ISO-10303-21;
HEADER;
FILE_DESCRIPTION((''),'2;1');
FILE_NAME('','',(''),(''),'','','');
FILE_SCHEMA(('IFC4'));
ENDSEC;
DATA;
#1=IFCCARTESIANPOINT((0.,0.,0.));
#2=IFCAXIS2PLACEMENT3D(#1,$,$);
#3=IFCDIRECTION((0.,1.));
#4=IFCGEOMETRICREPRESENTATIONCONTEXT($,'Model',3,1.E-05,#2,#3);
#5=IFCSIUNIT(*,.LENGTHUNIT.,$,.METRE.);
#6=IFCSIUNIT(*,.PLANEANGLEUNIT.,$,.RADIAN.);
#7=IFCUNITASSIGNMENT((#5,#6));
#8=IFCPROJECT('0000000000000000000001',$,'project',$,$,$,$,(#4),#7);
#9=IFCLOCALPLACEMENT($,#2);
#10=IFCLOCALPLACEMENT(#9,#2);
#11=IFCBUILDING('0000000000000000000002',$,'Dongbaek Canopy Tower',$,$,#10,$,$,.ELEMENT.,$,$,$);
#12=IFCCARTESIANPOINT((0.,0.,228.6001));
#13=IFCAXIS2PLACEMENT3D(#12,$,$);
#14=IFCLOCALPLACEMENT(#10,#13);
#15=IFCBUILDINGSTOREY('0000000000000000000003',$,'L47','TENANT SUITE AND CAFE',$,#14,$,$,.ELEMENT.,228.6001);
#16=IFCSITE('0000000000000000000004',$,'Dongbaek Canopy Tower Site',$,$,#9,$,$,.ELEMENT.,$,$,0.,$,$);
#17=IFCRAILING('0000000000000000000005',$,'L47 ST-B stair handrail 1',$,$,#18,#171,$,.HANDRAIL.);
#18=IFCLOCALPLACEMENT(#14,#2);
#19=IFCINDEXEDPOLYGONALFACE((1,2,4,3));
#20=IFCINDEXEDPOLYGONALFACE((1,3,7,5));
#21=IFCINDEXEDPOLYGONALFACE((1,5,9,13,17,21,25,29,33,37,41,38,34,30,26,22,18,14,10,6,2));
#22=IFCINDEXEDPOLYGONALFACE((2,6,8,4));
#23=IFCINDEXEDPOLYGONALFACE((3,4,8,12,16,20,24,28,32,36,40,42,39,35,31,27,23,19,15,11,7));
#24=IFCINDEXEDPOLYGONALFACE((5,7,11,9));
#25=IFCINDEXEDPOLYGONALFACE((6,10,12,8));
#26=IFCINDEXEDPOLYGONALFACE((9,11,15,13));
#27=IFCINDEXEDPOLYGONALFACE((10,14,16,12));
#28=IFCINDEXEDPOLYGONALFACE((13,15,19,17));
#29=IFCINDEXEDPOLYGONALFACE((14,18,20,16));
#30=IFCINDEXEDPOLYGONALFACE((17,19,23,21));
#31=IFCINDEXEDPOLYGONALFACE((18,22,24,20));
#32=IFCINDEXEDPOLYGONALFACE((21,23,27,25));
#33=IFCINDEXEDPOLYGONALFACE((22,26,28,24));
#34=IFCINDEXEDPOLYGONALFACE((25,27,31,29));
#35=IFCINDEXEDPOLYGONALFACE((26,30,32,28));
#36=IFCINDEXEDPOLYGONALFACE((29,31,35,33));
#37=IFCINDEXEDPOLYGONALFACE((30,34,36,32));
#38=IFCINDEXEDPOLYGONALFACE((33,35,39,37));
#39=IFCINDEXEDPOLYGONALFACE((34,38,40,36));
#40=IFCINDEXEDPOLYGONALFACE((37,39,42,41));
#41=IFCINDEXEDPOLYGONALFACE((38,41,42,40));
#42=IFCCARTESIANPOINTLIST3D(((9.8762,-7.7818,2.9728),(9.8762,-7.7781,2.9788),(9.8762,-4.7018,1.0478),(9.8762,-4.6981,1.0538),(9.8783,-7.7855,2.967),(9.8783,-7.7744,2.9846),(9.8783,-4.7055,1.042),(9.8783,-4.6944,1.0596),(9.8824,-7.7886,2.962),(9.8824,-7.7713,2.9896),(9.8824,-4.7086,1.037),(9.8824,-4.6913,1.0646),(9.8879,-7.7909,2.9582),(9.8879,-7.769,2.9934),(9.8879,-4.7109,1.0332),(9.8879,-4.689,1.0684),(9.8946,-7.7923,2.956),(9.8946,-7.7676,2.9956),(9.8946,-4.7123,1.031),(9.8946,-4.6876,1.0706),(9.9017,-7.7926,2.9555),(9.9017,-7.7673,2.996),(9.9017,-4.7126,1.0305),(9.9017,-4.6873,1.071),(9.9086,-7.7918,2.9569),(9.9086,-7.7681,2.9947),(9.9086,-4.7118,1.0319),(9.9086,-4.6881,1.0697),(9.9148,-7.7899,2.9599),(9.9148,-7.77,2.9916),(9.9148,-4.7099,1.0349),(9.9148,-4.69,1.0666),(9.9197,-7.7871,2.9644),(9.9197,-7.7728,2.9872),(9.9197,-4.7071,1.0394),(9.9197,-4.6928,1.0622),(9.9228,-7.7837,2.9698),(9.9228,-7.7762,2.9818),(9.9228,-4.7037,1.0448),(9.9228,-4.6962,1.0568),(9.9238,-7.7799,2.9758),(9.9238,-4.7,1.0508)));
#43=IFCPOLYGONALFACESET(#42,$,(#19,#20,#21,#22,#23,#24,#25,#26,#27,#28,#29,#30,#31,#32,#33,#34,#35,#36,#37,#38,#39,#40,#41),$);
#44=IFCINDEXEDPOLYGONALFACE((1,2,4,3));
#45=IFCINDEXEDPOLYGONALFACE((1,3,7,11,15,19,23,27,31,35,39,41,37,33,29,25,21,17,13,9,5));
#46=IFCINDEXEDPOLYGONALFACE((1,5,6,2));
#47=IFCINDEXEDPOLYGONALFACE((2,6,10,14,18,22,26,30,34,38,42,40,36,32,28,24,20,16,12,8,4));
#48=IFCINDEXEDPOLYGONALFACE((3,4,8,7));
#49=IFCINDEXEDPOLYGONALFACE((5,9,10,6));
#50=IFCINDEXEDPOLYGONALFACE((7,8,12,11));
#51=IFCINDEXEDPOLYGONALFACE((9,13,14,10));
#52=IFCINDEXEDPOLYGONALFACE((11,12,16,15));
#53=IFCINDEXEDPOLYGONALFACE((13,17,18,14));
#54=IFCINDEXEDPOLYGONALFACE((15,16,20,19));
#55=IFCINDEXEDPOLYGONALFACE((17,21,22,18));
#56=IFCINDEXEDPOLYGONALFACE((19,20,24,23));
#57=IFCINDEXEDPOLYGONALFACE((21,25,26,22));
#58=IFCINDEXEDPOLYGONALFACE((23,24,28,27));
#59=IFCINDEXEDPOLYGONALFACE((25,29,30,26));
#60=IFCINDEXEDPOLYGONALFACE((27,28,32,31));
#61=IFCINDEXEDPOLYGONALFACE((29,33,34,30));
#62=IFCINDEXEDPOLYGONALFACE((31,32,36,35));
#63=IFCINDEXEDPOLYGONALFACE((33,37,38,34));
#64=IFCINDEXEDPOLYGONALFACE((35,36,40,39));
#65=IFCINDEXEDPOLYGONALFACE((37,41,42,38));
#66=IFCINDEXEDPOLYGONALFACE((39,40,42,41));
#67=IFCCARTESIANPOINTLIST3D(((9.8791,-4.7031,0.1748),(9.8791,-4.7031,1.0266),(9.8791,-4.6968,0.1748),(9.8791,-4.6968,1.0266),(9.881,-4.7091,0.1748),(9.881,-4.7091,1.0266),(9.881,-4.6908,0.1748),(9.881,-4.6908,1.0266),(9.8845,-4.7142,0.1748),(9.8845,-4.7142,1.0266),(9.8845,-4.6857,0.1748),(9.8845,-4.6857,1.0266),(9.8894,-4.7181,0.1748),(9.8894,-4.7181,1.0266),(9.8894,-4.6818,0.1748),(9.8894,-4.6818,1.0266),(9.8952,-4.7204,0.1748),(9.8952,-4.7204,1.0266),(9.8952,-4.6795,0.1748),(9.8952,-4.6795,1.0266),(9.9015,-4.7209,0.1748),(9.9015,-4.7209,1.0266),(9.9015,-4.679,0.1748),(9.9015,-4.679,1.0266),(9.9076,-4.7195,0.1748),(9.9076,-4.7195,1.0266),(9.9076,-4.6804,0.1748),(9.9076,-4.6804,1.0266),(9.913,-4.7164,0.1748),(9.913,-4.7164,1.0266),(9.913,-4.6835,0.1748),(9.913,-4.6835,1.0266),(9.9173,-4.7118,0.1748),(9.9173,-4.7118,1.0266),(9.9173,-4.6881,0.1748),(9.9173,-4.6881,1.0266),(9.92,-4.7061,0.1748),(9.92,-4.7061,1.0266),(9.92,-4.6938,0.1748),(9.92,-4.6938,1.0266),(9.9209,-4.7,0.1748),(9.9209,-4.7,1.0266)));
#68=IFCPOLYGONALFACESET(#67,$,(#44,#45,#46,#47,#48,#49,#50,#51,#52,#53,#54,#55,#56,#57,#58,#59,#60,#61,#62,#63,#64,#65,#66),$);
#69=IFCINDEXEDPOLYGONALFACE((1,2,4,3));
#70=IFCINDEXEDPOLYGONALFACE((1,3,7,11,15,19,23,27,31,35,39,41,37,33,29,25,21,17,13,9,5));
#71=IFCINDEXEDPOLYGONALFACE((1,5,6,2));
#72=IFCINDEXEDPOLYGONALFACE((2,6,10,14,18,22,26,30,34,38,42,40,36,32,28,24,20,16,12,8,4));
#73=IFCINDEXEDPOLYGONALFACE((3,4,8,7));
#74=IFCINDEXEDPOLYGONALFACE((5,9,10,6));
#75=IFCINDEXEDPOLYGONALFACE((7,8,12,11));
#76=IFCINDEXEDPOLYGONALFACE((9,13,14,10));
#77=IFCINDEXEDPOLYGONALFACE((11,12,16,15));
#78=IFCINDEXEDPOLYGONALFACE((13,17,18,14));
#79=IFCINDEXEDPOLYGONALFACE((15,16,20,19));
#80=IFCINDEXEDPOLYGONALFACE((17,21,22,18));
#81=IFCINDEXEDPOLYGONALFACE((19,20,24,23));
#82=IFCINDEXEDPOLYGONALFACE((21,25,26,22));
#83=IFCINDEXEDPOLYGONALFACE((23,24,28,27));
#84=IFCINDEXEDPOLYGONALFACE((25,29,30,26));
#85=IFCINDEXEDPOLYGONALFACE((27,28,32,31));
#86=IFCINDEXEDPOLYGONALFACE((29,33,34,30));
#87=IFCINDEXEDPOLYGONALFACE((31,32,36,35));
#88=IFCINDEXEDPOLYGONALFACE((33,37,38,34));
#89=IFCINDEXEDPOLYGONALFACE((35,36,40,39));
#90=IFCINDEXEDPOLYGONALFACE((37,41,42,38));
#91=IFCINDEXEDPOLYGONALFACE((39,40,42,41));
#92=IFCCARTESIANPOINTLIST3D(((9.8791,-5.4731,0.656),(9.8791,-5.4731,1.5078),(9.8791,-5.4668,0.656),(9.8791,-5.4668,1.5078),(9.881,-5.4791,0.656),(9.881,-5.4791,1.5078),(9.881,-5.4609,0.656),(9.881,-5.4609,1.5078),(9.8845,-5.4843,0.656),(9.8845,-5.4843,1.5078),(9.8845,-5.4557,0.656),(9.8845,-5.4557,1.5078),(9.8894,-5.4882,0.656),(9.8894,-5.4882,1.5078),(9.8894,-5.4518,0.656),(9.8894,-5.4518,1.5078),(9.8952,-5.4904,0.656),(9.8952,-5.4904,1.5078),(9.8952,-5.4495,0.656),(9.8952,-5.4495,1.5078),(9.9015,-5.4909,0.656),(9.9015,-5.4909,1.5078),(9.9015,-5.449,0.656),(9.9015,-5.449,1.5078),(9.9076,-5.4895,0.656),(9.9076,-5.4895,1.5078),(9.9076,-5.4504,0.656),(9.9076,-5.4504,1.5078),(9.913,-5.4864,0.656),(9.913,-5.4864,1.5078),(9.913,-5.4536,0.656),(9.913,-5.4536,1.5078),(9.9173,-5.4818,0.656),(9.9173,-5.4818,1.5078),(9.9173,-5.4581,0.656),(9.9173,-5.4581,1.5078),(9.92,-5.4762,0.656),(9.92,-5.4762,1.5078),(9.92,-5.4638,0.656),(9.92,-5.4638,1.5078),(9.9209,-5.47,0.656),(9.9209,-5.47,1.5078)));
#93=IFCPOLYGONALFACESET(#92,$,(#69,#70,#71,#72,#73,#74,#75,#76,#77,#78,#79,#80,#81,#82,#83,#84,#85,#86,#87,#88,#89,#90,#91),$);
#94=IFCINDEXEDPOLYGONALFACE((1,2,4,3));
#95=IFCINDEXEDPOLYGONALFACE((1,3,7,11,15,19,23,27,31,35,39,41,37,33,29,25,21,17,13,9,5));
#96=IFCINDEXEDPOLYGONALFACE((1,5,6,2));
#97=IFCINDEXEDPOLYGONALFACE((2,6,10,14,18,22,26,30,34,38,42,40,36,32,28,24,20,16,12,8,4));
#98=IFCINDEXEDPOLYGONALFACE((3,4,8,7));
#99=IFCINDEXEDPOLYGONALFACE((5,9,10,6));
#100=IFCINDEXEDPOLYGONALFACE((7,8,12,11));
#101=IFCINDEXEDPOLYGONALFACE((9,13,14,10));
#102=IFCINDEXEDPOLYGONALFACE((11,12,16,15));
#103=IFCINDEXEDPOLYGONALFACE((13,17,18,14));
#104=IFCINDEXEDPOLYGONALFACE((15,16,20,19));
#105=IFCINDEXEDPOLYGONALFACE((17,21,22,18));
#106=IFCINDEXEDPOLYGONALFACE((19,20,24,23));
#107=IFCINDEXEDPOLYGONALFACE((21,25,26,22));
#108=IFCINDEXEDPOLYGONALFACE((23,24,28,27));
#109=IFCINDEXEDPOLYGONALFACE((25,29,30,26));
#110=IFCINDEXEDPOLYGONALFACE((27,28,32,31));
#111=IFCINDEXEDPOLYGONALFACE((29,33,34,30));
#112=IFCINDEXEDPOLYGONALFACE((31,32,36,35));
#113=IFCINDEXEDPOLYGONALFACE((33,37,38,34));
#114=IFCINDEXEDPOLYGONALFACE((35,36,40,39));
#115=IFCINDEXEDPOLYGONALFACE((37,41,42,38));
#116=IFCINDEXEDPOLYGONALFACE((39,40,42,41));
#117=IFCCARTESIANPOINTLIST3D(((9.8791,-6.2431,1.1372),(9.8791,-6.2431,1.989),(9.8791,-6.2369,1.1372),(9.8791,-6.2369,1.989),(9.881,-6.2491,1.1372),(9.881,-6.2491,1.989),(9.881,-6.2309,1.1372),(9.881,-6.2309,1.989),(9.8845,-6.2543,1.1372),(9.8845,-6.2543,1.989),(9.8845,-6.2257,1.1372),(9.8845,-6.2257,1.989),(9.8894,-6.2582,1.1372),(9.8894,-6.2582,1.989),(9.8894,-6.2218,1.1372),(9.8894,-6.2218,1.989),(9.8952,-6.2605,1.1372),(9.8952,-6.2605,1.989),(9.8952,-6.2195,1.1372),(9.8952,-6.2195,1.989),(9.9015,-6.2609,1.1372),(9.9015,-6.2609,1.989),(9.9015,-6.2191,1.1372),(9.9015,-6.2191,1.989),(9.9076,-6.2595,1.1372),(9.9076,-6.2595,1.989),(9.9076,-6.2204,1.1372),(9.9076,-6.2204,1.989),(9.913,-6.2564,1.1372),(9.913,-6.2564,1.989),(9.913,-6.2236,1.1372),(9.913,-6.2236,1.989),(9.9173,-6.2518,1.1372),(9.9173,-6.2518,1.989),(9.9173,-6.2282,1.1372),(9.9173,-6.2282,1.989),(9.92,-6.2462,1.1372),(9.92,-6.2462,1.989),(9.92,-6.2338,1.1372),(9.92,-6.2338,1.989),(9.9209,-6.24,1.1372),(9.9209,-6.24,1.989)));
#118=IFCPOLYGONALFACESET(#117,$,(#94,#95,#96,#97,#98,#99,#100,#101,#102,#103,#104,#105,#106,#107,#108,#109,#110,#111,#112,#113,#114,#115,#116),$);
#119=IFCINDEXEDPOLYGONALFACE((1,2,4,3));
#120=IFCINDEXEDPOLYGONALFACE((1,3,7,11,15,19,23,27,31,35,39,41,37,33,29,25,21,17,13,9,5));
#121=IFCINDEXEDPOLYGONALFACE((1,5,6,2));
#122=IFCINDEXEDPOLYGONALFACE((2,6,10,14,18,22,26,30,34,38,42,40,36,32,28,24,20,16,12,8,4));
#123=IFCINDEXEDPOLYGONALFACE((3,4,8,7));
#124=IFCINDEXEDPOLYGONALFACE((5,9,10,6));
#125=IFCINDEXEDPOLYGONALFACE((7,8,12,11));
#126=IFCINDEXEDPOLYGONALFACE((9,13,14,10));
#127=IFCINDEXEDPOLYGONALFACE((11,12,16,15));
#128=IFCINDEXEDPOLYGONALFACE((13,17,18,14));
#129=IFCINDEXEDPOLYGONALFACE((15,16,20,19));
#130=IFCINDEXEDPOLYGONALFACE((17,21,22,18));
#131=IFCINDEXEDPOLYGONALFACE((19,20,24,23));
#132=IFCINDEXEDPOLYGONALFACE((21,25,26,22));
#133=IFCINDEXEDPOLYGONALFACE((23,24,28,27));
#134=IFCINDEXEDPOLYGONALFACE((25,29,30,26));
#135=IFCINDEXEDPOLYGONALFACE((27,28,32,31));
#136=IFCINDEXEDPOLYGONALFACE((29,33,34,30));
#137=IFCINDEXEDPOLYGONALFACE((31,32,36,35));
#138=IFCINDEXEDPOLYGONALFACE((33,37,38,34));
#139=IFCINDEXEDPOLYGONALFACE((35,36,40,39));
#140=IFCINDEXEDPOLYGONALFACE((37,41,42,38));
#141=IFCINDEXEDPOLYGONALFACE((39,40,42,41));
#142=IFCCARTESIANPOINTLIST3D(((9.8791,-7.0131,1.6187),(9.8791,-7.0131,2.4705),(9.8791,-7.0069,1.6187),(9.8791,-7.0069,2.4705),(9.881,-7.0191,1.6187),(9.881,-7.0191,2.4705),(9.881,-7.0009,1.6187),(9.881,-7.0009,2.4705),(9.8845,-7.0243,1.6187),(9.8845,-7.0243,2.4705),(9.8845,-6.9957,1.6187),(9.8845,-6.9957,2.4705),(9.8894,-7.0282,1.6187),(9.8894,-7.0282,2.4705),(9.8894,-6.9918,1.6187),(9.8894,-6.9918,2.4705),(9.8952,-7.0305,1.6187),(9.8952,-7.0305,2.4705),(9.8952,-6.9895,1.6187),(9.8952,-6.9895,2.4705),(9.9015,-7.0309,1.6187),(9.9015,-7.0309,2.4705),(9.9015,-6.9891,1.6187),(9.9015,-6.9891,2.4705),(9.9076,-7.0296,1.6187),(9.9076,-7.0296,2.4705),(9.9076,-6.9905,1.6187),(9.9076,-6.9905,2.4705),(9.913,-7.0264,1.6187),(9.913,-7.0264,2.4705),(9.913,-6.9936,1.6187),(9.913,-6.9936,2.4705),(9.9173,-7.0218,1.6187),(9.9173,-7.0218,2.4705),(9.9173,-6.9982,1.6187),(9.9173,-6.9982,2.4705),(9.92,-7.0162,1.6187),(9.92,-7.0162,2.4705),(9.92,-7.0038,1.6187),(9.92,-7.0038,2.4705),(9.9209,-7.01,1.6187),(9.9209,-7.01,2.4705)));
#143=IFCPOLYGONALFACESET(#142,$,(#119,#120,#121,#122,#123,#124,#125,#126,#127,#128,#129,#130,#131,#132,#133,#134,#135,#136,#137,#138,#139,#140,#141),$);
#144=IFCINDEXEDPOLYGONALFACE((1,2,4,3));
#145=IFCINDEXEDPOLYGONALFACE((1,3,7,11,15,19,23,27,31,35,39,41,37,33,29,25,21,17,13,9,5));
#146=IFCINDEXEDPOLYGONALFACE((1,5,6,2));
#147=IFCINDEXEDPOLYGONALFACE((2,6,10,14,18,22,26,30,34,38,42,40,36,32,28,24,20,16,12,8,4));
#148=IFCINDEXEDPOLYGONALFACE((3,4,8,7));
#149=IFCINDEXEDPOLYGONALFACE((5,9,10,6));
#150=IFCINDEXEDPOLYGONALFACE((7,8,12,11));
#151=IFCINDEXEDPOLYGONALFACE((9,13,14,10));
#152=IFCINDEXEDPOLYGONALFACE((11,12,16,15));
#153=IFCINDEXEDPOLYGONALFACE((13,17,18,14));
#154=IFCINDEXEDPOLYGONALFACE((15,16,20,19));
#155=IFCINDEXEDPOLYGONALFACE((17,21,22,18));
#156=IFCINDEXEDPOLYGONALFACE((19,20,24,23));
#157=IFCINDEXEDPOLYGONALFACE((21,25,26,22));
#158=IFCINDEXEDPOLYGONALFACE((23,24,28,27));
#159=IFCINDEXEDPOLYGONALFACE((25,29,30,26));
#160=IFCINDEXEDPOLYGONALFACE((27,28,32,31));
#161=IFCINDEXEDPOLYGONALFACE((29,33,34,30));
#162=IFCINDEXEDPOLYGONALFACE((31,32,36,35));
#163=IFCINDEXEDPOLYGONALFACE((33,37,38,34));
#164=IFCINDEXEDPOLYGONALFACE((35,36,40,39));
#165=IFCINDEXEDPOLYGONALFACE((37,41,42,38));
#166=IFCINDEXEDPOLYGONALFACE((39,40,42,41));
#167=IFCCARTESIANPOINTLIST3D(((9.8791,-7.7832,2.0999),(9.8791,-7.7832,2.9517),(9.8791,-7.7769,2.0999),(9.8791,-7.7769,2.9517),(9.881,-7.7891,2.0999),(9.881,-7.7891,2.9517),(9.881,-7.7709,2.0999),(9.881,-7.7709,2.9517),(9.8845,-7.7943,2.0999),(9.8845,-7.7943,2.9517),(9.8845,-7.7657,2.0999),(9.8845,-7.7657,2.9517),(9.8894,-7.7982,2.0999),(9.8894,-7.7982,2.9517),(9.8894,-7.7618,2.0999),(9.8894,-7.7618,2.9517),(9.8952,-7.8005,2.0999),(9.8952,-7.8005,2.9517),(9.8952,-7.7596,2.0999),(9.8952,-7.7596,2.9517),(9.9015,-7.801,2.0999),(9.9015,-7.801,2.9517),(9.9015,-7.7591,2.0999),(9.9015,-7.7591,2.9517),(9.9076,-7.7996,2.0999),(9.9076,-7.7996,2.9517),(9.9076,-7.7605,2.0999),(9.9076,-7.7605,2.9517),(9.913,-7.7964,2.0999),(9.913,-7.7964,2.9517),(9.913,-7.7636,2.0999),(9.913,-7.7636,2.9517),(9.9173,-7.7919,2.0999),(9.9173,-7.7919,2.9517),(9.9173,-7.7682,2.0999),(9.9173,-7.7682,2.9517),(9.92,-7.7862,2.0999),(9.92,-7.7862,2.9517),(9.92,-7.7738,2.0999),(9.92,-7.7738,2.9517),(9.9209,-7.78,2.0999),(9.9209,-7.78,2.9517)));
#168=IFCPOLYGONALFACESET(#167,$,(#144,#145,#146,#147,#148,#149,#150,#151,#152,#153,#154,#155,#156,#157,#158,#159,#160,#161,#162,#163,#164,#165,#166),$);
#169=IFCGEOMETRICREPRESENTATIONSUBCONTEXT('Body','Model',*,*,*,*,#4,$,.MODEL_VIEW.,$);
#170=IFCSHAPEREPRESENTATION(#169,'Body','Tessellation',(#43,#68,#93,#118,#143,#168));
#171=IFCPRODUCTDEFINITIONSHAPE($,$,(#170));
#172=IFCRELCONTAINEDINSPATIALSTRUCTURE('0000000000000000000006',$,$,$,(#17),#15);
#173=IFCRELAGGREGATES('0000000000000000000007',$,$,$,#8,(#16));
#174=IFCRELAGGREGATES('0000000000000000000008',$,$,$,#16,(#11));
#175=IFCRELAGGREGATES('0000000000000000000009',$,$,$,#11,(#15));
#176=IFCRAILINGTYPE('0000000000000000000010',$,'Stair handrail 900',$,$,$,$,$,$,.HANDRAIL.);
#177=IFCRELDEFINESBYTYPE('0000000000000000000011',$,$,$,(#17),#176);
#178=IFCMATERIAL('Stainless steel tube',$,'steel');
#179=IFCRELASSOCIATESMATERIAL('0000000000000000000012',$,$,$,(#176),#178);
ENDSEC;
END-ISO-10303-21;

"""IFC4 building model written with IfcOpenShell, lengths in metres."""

from ifc_helpers import new_model, si_unit, direction, frame, origin, origin_2d, place, context, subcontext, project, spatial, circle, extrude, material, type_object, element, save


model = new_model("IFC4")

# Units and contexts
model_context = context("Model", 3, precision=1e-05, world=origin(), true_north=direction((0.0, 1.0)))
body_context = subcontext(model_context, "Body", "Model", "MODEL_VIEW")
ifc_project = project(units=[si_unit("LENGTHUNIT", "METRE"), si_unit("PLANEANGLEUNIT", "RADIAN")], contexts=[model_context])

# Site, building, storey
site_placement = place(None, origin())
site = spatial("IfcSite", under=ifc_project, at=site_placement, Name="Dongbaek Canopy Tower Site", CompositionType="ELEMENT", RefElevation=0.0)
building_placement = place(site_placement, origin())
building = spatial("IfcBuilding", under=site, at=building_placement, Name="Dongbaek Canopy Tower", CompositionType="ELEMENT")
storey_placement = place(building_placement, frame((0.0, 0.0, 228.6001)))
storey = spatial("IfcBuildingStorey", under=building, at=storey_placement, Name="L47", Description="TENANT SUITE AND CAFE", CompositionType="ELEMENT", Elevation=228.6001)

# Railing
ifc_material_1 = material(Name="Stainless steel tube", Category="steel")
railing_type_1 = type_object("IfcRailingType", Name="Stair handrail 900", PredefinedType="HANDRAIL", material=ifc_material_1)
railing_1_placement = place(storey_placement, frame((9.8999, -4.7, 0.1748)))
element("IfcRailing", 1, at=railing_1_placement, inside=storey, type_object=railing_type_1, Name="L47 ST-B stair handrail 1", PredefinedType="HANDRAIL", context=body_context, shape_type="SweptSolid", body=[
    extrude(circle(Radius=0.0239, at=origin_2d()), frame((0.0, 0.0, 0.876), z_axis=(0.0, -0.847998, 0.529999), x_axis=(1.0, 0.0, 0.0)), (0.0, 0.0, 1.0), 3.6321),
    extrude(circle(Radius=0.021, at=origin_2d()), origin(), (0.0, 0.0, 1.0), 0.8518),
    extrude(circle(Radius=0.021, at=origin_2d()), frame((0.0, -0.77, 0.4812)), (0.0, 0.0, 1.0), 0.8518),
    extrude(circle(Radius=0.021, at=origin_2d()), frame((0.0, -1.54, 0.9624)), (0.0, 0.0, 1.0), 0.8518),
    extrude(circle(Radius=0.021, at=origin_2d()), frame((0.0, -2.3101, 1.4438)), (0.0, 0.0, 1.0), 0.8518),
    extrude(circle(Radius=0.021, at=origin_2d()), frame((0.0, -3.0801, 1.925)), (0.0, 0.0, 1.0), 0.8518),
])

save(model, "model.ifc")
